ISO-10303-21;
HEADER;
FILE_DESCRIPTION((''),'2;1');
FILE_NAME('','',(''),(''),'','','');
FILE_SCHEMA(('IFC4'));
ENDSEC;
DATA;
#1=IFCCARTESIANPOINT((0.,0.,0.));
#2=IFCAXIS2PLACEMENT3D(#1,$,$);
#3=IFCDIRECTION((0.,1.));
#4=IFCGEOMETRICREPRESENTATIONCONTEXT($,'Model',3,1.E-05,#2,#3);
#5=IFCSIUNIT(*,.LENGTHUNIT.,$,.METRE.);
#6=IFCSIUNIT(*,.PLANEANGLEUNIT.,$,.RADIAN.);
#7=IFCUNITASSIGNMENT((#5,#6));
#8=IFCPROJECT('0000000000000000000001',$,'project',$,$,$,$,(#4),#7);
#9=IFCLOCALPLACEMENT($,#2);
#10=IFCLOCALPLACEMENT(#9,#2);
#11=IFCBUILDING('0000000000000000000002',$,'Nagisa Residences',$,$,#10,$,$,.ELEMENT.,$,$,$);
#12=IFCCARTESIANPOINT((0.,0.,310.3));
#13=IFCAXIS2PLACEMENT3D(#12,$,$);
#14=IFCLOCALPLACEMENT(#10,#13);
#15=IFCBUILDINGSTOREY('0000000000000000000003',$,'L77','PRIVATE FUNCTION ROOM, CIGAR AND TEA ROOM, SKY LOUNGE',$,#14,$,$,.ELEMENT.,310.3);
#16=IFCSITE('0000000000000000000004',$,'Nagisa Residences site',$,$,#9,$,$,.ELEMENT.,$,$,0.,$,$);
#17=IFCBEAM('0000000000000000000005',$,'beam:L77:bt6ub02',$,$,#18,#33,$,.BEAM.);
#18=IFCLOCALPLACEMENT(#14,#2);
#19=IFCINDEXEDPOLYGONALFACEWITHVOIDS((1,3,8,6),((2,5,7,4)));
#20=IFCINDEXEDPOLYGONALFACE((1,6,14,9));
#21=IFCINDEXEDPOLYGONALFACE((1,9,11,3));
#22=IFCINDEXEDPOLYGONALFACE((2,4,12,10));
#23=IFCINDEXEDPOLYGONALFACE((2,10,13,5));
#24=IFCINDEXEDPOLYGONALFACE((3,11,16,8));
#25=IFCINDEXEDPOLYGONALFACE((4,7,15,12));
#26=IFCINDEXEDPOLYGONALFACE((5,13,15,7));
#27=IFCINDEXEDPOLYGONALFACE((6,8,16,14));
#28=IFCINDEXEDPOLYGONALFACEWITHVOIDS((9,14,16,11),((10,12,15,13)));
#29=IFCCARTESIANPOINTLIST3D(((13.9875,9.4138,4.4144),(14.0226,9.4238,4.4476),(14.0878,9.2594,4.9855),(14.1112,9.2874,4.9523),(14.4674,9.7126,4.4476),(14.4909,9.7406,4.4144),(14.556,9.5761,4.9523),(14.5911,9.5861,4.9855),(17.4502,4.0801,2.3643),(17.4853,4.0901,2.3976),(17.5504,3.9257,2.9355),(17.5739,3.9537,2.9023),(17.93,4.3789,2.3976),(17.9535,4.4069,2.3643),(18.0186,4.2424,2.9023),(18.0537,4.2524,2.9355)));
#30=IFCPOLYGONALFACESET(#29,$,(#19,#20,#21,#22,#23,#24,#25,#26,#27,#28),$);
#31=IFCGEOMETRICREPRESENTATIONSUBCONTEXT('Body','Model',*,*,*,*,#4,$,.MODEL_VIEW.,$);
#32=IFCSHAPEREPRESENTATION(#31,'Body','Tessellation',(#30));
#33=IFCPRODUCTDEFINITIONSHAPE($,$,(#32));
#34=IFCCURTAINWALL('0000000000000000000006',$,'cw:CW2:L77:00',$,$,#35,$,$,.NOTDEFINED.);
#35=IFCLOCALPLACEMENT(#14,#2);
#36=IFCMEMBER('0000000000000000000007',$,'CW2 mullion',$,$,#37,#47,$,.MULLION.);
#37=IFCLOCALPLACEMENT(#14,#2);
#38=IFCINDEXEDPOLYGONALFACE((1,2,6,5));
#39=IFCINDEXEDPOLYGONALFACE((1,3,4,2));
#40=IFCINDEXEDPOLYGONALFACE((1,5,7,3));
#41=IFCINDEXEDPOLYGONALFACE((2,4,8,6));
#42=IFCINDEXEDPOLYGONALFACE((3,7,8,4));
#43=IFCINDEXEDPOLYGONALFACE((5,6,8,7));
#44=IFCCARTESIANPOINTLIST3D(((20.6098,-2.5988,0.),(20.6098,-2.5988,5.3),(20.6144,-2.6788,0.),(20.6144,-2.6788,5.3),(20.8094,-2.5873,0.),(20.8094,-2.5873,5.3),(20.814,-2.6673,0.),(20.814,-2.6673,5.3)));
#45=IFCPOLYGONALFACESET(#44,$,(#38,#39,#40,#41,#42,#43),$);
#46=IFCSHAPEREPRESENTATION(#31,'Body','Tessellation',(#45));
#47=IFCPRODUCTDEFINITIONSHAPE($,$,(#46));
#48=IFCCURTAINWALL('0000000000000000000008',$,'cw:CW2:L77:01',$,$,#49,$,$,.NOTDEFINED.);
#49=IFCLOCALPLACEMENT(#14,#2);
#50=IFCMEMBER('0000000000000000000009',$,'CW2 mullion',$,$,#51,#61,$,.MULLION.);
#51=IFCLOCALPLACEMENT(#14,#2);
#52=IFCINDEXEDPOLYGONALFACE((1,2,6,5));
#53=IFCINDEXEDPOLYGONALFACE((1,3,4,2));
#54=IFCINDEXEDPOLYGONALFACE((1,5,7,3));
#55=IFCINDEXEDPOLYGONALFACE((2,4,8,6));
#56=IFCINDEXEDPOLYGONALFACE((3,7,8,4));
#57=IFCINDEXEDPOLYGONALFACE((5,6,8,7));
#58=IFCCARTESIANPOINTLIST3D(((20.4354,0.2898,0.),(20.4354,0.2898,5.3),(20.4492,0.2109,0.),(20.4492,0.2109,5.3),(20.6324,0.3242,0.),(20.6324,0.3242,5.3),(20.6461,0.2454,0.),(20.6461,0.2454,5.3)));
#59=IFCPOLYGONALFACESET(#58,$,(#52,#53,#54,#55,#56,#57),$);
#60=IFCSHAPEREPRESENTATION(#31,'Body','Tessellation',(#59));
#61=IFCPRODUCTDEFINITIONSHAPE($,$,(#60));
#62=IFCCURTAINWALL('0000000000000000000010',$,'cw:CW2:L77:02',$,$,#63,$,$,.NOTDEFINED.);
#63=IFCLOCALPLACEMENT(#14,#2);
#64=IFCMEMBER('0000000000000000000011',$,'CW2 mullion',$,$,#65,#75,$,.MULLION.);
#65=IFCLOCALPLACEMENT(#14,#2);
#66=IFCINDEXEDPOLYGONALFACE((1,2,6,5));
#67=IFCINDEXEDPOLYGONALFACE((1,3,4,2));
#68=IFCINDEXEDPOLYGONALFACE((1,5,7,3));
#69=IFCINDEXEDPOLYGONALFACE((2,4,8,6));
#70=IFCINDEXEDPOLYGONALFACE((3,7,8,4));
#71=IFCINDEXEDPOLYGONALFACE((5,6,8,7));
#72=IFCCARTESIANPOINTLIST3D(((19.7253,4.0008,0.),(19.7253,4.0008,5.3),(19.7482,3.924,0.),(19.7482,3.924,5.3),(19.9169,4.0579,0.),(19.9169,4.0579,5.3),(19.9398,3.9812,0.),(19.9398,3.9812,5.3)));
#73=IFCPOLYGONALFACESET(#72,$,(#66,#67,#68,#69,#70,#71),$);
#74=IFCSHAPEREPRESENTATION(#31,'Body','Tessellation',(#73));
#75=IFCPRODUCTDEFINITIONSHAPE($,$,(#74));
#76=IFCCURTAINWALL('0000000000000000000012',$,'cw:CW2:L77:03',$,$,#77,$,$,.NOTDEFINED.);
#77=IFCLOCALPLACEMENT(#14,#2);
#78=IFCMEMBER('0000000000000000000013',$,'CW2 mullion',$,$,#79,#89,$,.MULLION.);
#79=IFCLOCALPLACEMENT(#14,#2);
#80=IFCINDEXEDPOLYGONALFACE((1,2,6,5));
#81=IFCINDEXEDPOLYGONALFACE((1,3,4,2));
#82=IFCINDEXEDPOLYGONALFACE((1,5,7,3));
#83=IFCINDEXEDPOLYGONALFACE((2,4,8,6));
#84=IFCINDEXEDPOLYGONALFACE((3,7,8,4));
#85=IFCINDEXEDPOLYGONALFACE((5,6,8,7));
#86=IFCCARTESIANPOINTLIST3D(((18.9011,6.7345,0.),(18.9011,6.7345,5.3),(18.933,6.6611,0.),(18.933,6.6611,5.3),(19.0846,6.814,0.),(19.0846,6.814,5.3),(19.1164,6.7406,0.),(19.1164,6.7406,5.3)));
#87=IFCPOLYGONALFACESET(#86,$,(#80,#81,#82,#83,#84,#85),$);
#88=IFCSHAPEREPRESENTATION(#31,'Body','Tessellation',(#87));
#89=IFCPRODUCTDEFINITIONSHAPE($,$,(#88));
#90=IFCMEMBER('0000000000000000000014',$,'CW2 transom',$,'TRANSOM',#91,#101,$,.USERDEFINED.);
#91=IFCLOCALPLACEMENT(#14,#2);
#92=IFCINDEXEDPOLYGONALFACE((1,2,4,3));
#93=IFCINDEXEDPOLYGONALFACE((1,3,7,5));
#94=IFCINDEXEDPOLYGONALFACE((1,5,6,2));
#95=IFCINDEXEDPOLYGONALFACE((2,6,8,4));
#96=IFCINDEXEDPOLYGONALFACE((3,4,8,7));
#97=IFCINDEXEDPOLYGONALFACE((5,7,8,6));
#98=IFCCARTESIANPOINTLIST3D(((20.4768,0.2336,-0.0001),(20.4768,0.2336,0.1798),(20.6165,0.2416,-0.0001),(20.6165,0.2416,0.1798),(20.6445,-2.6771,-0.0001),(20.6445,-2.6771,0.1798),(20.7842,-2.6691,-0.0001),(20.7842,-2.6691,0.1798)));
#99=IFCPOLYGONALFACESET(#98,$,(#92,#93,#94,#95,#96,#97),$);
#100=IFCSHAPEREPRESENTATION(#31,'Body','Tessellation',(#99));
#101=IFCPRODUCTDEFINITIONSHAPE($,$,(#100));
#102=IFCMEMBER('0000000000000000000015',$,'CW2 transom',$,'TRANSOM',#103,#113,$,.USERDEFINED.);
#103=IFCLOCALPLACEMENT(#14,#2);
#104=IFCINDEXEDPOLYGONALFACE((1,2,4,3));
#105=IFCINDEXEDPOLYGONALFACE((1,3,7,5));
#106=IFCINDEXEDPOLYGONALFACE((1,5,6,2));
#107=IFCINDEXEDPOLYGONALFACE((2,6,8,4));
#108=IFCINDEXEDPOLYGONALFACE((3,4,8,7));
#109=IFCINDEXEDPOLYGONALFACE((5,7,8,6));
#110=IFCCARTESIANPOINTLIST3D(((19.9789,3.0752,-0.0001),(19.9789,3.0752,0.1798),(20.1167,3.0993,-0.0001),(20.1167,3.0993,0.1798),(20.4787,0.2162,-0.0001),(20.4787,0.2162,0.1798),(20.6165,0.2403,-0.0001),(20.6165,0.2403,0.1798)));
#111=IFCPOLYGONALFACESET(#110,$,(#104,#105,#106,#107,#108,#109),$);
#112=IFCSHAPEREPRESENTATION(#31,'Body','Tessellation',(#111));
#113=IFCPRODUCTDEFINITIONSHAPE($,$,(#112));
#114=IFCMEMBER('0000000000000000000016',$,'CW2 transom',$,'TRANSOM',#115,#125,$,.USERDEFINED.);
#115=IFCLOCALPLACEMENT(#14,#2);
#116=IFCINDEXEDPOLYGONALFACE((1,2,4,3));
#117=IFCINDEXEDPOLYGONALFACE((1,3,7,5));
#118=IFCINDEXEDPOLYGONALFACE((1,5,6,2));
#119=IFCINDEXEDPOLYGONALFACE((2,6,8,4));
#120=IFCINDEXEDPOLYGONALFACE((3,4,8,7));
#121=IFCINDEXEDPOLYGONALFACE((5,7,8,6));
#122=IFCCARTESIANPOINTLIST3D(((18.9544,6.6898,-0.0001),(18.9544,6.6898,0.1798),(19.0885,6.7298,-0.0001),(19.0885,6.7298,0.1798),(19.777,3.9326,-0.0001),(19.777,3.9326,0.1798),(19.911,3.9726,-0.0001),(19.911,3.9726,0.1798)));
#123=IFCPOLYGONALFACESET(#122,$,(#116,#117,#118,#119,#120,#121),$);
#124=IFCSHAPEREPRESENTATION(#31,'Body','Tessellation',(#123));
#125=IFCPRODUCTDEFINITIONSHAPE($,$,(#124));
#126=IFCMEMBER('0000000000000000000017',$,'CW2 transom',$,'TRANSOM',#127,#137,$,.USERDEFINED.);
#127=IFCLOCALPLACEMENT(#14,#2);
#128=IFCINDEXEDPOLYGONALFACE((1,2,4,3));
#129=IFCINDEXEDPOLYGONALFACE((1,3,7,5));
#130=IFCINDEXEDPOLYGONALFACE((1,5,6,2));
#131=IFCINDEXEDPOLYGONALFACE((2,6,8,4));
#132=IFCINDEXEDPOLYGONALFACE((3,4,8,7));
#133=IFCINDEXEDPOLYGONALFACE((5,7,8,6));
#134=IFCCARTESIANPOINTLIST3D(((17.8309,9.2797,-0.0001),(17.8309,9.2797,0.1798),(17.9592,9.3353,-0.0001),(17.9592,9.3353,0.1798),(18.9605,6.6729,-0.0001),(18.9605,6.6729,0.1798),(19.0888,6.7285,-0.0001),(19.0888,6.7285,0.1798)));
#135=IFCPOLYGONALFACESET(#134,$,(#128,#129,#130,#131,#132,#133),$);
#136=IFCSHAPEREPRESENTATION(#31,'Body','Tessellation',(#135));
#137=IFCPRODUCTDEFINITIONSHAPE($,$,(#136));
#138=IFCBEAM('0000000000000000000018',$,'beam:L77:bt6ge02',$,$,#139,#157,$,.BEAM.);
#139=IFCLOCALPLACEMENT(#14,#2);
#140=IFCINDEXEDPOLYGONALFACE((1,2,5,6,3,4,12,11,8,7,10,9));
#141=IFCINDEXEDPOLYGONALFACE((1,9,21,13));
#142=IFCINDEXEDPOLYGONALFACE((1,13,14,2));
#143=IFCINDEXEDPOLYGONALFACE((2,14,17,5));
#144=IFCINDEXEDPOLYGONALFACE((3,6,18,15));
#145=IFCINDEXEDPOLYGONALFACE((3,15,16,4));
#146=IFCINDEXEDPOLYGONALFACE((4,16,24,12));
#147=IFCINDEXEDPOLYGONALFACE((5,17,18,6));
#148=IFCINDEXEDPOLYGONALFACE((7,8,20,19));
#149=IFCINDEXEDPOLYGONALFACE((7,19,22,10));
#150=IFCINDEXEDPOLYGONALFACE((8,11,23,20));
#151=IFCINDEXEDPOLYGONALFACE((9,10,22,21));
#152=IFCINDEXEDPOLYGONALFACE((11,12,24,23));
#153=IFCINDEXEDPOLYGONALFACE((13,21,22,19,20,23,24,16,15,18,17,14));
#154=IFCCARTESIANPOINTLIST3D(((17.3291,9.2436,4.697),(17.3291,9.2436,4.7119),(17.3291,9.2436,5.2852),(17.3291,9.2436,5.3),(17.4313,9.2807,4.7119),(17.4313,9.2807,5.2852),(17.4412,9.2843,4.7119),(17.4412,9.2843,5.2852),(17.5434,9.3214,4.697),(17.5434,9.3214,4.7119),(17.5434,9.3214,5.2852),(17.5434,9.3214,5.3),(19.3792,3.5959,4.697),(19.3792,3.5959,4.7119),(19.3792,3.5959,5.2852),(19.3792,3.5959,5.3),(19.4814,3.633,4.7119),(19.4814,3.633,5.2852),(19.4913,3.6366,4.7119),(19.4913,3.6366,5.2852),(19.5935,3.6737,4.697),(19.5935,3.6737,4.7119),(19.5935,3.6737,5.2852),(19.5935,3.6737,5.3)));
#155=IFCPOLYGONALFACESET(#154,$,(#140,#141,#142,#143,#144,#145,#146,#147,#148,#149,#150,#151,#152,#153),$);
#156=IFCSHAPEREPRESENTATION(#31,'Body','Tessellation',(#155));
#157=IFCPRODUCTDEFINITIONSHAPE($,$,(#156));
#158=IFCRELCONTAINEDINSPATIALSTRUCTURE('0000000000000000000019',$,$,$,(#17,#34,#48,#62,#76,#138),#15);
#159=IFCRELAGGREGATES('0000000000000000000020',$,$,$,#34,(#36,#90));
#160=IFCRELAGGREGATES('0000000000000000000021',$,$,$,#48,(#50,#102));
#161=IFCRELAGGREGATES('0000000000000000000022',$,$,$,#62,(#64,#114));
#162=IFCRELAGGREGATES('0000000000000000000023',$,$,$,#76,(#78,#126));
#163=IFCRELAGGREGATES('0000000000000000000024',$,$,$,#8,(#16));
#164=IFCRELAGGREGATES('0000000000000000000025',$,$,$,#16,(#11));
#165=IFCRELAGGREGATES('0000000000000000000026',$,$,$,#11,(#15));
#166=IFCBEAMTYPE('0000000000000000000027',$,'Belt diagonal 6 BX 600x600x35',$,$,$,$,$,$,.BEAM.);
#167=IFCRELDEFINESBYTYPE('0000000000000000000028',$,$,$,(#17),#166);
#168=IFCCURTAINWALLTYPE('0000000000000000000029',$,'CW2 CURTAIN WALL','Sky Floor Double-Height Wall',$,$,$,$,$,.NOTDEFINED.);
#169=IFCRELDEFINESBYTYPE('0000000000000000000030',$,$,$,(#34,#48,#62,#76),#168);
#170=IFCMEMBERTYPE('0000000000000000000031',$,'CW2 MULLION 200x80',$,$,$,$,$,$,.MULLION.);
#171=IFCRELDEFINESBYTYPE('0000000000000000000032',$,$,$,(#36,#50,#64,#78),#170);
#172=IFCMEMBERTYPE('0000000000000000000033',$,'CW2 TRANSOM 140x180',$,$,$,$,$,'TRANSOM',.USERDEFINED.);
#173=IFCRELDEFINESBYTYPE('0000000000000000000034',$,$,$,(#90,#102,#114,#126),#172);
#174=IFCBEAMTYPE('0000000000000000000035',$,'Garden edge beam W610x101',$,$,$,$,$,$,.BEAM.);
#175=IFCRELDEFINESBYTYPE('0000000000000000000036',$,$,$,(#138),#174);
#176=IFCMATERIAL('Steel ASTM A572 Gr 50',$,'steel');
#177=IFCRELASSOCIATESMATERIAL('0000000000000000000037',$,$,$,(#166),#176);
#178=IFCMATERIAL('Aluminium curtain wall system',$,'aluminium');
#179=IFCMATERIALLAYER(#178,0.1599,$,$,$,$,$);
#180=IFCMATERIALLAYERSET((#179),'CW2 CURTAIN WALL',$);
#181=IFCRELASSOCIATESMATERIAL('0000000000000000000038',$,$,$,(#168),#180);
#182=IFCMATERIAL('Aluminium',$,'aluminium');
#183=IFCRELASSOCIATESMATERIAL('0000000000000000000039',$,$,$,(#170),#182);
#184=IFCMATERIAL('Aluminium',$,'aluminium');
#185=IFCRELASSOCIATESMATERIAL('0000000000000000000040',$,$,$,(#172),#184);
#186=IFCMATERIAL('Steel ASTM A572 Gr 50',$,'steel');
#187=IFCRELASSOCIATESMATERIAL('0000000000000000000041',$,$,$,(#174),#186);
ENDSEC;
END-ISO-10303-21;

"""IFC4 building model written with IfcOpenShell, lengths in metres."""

from ifc_helpers import new_model, si_unit, direction, frame, origin, origin_2d, place, context, subcontext, project, spatial, rectangle, hollow_rectangle, i_section, extrude, material, layer, layer_set, material_profile, profile_set, type_object, element, aggregate, save


model = new_model("IFC4")

# Units and contexts
model_context = context("Model", 3, precision=1e-05, world=origin(), true_north=direction((0.0, 1.0)))
body_context = subcontext(model_context, "Body", "Model", "MODEL_VIEW")
ifc_project = project(units=[si_unit("LENGTHUNIT", "METRE"), si_unit("PLANEANGLEUNIT", "RADIAN")], contexts=[model_context])

# Site, building, storey
site_placement = place(None, origin())
site = spatial("IfcSite", under=ifc_project, at=site_placement, Name="Nagisa Residences site", CompositionType="ELEMENT", RefElevation=0.0)
building_placement = place(site_placement, origin())
building = spatial("IfcBuilding", under=site, at=building_placement, Name="Nagisa Residences", CompositionType="ELEMENT")
storey_placement = place(building_placement, frame((0.0, 0.0, 310.3)))
storey = spatial("IfcBuildingStorey", under=building, at=storey_placement, Name="L77", Description="PRIVATE FUNCTION ROOM, CIGAR AND TEA ROOM, SKY LOUNGE", CompositionType="ELEMENT", Elevation=310.3)

# Beam
ifc_material_1 = material(Name="Steel ASTM A572 Gr 50", Category="steel")
ifc_material_profile_1 = material_profile(ifc_material_1, hollow_rectangle(XDim=0.6001, YDim=0.6001, WallThickness=0.0349, at=origin_2d()), Name="BX 600x600x35")
ifc_profile_set_1 = profile_set([ifc_material_profile_1], Name="Steel ASTM A572 Gr 50")
beam_type_1 = type_object("IfcBeamType", Name="Belt diagonal 6 BX 600x600x35", PredefinedType="BEAM", material=ifc_profile_set_1)
beam_1_placement = place(storey_placement, frame((17.752, 4.1663, 2.6499), z_axis=(-0.51825, 0.798294, 0.306828), x_axis=(-0.838751, -0.544515, 0.0)))
element("IfcBeam", 1, at=beam_1_placement, inside=storey, type_object=beam_type_1, Name="beam:L77:bt6ub02", PredefinedType="BEAM", context=body_context, shape_type="SweptSolid", body=[
    extrude(hollow_rectangle(XDim=0.6001, YDim=0.6001, WallThickness=0.0349, at=origin_2d()), origin(), (0.0, 0.0, 1.0), 6.6814),
])

# Curtain walls, members
ifc_material_2 = material(Name="Aluminium curtain wall system", Category="aluminium")
ifc_layer_1 = layer(ifc_material_2, 0.1599)
ifc_layer_set_1 = layer_set([ifc_layer_1], Name="CW2 CURTAIN WALL")
curtain_wall_type = type_object("IfcCurtainWallType", Name="CW2 CURTAIN WALL", Description="Sky Floor Double-Height Wall", PredefinedType="NOTDEFINED", material=ifc_layer_set_1)
curtain_wall_1_placement = place(storey_placement, origin())
curtain_wall_1 = element("IfcCurtainWall", 2, at=curtain_wall_1_placement, inside=storey, type_object=curtain_wall_type, Name="cw:CW2:L77:00", PredefinedType="NOTDEFINED")
ifc_material_3 = material(Name="Aluminium", Category="aluminium")
ifc_material_profile_2 = material_profile(ifc_material_3, rectangle(XDim=0.2, YDim=0.0801, at=origin_2d()), Name="CW2 MULLION 200x80")
ifc_profile_set_2 = profile_set([ifc_material_profile_2], Name="Aluminium")
member_type_1 = type_object("IfcMemberType", Name="CW2 MULLION 200x80", PredefinedType="MULLION", material=ifc_profile_set_2)
member_1_placement = place(storey_placement, frame((20.7119, -2.6331, 0.0), z_axis=(0.0, 0.0, 1.0), x_axis=(-0.998345, -0.057503, 0.0)))
member_1 = element("IfcMember", 3, at=member_1_placement, type_object=member_type_1, Name="CW2 mullion", PredefinedType="MULLION", context=body_context, shape_type="SweptSolid", body=[
    extrude(rectangle(XDim=0.2, YDim=0.0801, at=origin_2d()), origin(), (0.0, 0.0, 1.0), 5.3),
])
curtain_wall_2_placement = place(storey_placement, origin())
curtain_wall_2 = element("IfcCurtainWall", 4, at=curtain_wall_2_placement, inside=storey, type_object=curtain_wall_type, Name="cw:CW2:L77:01", PredefinedType="NOTDEFINED")
member_2_placement = place(storey_placement, frame((20.5408, 0.2676, 0.0), z_axis=(0.0, 0.0, 1.0), x_axis=(-0.985064, -0.172191, 0.0)))
member_2 = element("IfcMember", 5, at=member_2_placement, type_object=member_type_1, Name="CW2 mullion", PredefinedType="MULLION", context=body_context, shape_type="SweptSolid", body=[
    extrude(rectangle(XDim=0.2, YDim=0.0801, at=origin_2d()), origin(), (0.0, 0.0, 1.0), 5.3),
])
curtain_wall_3_placement = place(storey_placement, origin())
curtain_wall_3 = element("IfcCurtainWall", 6, at=curtain_wall_3_placement, inside=storey, type_object=curtain_wall_type, Name="cw:CW2:L77:02", PredefinedType="NOTDEFINED")
member_3_placement = place(storey_placement, frame((19.8325, 3.991, 0.0), z_axis=(0.0, 0.0, 1.0), x_axis=(-0.958271, -0.28586, 0.0)))
member_3 = element("IfcMember", 7, at=member_3_placement, type_object=member_type_1, Name="CW2 mullion", PredefinedType="MULLION", context=body_context, shape_type="SweptSolid", body=[
    extrude(rectangle(XDim=0.2, YDim=0.0801, at=origin_2d()), origin(), (0.0, 0.0, 1.0), 5.3),
])
curtain_wall_4_placement = place(storey_placement, origin())
curtain_wall_4 = element("IfcCurtainWall", 8, at=curtain_wall_4_placement, inside=storey, type_object=curtain_wall_type, Name="cw:CW2:L77:03", PredefinedType="NOTDEFINED")
member_4_placement = place(storey_placement, frame((19.0088, 6.7375, 0.0), z_axis=(0.0, 0.0, 1.0), x_axis=(-0.917543, -0.397636, 0.0)))
member_4 = element("IfcMember", 9, at=member_4_placement, type_object=member_type_1, Name="CW2 mullion", PredefinedType="MULLION", context=body_context, shape_type="SweptSolid", body=[
    extrude(rectangle(XDim=0.2, YDim=0.0801, at=origin_2d()), origin(), (0.0, 0.0, 1.0), 5.3),
])

# Members
ifc_material_4 = material(Name="Aluminium", Category="aluminium")
ifc_material_profile_3 = material_profile(ifc_material_4, rectangle(XDim=0.1399, YDim=0.1799, at=origin_2d()), Name="CW2 TRANSOM 140x180")
ifc_profile_set_3 = profile_set([ifc_material_profile_3], Name="Aluminium")
member_type_2 = type_object("IfcMemberType", Name="CW2 TRANSOM 140x180", ElementType="TRANSOM", PredefinedType="USERDEFINED", material=ifc_profile_set_3)
member_5_placement = place(storey_placement, frame((20.7144, -2.6731, 0.0898), z_axis=(-0.057529, 0.998344, 0.0), x_axis=(-0.998344, -0.057529, 0.0)))
member_5 = element("IfcMember", 10, at=member_5_placement, type_object=member_type_2, Name="CW2 transom", ObjectType="TRANSOM", PredefinedType="USERDEFINED", context=body_context, shape_type="SweptSolid", body=[
    extrude(rectangle(XDim=0.1399, YDim=0.1799, at=origin_2d()), origin(), (0.0, 0.0, 1.0), 2.9155),
])
member_6_placement = place(storey_placement, frame((20.5476, 0.2283, 0.0898), z_axis=(-0.172197, 0.985063, 0.0), x_axis=(-0.985063, -0.172197, 0.0)))
member_6 = element("IfcMember", 11, at=member_6_placement, type_object=member_type_2, Name="CW2 transom", ObjectType="TRANSOM", PredefinedType="USERDEFINED", context=body_context, shape_type="SweptSolid", body=[
    extrude(rectangle(XDim=0.1399, YDim=0.1799, at=origin_2d()), origin(), (0.0, 0.0, 1.0), 2.9023),
])
member_7_placement = place(storey_placement, frame((19.844, 3.9526, 0.0898), z_axis=(-0.285876, 0.958267, 0.0), x_axis=(-0.958267, -0.285876, 0.0)))
member_7 = element("IfcMember", 12, at=member_7_placement, type_object=member_type_2, Name="CW2 transom", ObjectType="TRANSOM", PredefinedType="USERDEFINED", context=body_context, shape_type="SweptSolid", body=[
    extrude(rectangle(XDim=0.1399, YDim=0.1799, at=origin_2d()), origin(), (0.0, 0.0, 1.0), 2.8772),
])
member_8_placement = place(storey_placement, frame((19.0247, 6.7007, 0.0898), z_axis=(-0.397598, 0.91756, 0.0), x_axis=(-0.91756, -0.397598, 0.0)))
member_8 = element("IfcMember", 13, at=member_8_placement, type_object=member_type_2, Name="CW2 transom", ObjectType="TRANSOM", PredefinedType="USERDEFINED", context=body_context, shape_type="SweptSolid", body=[
    extrude(rectangle(XDim=0.1399, YDim=0.1799, at=origin_2d()), origin(), (0.0, 0.0, 1.0), 2.8411),
])

# Beam
ifc_material_5 = material(Name="Steel ASTM A572 Gr 50", Category="steel")
ifc_material_profile_4 = material_profile(ifc_material_5, i_section(OverallWidth=0.228, OverallDepth=0.603, WebThickness=0.0105, FlangeThickness=0.0149, at=origin_2d()), Name="W610x101")
ifc_profile_set_4 = profile_set([ifc_material_profile_4], Name="Steel ASTM A572 Gr 50")
beam_type_2 = type_object("IfcBeamType", Name="Garden edge beam W610x101", PredefinedType="BEAM", material=ifc_profile_set_4)
beam_2_placement = place(storey_placement, frame((19.4863, 3.6348, 4.9985), z_axis=(-0.341205, 0.939989, 0.0), x_axis=(-0.939989, -0.341205, 0.0)))
element("IfcBeam", 14, at=beam_2_placement, inside=storey, type_object=beam_type_2, Name="beam:L77:bt6ge02", PredefinedType="BEAM", context=body_context, shape_type="SweptSolid", body=[
    extrude(i_section(OverallWidth=0.228, OverallDepth=0.603, WebThickness=0.0105, FlangeThickness=0.0149, at=origin_2d()), origin(), (0.0, 0.0, 1.0), 6.0083),
])

aggregate(curtain_wall_1, [member_1, member_5])
aggregate(curtain_wall_2, [member_2, member_6])
aggregate(curtain_wall_3, [member_3, member_7])
aggregate(curtain_wall_4, [member_4, member_8])

save(model, "model.ifc")
